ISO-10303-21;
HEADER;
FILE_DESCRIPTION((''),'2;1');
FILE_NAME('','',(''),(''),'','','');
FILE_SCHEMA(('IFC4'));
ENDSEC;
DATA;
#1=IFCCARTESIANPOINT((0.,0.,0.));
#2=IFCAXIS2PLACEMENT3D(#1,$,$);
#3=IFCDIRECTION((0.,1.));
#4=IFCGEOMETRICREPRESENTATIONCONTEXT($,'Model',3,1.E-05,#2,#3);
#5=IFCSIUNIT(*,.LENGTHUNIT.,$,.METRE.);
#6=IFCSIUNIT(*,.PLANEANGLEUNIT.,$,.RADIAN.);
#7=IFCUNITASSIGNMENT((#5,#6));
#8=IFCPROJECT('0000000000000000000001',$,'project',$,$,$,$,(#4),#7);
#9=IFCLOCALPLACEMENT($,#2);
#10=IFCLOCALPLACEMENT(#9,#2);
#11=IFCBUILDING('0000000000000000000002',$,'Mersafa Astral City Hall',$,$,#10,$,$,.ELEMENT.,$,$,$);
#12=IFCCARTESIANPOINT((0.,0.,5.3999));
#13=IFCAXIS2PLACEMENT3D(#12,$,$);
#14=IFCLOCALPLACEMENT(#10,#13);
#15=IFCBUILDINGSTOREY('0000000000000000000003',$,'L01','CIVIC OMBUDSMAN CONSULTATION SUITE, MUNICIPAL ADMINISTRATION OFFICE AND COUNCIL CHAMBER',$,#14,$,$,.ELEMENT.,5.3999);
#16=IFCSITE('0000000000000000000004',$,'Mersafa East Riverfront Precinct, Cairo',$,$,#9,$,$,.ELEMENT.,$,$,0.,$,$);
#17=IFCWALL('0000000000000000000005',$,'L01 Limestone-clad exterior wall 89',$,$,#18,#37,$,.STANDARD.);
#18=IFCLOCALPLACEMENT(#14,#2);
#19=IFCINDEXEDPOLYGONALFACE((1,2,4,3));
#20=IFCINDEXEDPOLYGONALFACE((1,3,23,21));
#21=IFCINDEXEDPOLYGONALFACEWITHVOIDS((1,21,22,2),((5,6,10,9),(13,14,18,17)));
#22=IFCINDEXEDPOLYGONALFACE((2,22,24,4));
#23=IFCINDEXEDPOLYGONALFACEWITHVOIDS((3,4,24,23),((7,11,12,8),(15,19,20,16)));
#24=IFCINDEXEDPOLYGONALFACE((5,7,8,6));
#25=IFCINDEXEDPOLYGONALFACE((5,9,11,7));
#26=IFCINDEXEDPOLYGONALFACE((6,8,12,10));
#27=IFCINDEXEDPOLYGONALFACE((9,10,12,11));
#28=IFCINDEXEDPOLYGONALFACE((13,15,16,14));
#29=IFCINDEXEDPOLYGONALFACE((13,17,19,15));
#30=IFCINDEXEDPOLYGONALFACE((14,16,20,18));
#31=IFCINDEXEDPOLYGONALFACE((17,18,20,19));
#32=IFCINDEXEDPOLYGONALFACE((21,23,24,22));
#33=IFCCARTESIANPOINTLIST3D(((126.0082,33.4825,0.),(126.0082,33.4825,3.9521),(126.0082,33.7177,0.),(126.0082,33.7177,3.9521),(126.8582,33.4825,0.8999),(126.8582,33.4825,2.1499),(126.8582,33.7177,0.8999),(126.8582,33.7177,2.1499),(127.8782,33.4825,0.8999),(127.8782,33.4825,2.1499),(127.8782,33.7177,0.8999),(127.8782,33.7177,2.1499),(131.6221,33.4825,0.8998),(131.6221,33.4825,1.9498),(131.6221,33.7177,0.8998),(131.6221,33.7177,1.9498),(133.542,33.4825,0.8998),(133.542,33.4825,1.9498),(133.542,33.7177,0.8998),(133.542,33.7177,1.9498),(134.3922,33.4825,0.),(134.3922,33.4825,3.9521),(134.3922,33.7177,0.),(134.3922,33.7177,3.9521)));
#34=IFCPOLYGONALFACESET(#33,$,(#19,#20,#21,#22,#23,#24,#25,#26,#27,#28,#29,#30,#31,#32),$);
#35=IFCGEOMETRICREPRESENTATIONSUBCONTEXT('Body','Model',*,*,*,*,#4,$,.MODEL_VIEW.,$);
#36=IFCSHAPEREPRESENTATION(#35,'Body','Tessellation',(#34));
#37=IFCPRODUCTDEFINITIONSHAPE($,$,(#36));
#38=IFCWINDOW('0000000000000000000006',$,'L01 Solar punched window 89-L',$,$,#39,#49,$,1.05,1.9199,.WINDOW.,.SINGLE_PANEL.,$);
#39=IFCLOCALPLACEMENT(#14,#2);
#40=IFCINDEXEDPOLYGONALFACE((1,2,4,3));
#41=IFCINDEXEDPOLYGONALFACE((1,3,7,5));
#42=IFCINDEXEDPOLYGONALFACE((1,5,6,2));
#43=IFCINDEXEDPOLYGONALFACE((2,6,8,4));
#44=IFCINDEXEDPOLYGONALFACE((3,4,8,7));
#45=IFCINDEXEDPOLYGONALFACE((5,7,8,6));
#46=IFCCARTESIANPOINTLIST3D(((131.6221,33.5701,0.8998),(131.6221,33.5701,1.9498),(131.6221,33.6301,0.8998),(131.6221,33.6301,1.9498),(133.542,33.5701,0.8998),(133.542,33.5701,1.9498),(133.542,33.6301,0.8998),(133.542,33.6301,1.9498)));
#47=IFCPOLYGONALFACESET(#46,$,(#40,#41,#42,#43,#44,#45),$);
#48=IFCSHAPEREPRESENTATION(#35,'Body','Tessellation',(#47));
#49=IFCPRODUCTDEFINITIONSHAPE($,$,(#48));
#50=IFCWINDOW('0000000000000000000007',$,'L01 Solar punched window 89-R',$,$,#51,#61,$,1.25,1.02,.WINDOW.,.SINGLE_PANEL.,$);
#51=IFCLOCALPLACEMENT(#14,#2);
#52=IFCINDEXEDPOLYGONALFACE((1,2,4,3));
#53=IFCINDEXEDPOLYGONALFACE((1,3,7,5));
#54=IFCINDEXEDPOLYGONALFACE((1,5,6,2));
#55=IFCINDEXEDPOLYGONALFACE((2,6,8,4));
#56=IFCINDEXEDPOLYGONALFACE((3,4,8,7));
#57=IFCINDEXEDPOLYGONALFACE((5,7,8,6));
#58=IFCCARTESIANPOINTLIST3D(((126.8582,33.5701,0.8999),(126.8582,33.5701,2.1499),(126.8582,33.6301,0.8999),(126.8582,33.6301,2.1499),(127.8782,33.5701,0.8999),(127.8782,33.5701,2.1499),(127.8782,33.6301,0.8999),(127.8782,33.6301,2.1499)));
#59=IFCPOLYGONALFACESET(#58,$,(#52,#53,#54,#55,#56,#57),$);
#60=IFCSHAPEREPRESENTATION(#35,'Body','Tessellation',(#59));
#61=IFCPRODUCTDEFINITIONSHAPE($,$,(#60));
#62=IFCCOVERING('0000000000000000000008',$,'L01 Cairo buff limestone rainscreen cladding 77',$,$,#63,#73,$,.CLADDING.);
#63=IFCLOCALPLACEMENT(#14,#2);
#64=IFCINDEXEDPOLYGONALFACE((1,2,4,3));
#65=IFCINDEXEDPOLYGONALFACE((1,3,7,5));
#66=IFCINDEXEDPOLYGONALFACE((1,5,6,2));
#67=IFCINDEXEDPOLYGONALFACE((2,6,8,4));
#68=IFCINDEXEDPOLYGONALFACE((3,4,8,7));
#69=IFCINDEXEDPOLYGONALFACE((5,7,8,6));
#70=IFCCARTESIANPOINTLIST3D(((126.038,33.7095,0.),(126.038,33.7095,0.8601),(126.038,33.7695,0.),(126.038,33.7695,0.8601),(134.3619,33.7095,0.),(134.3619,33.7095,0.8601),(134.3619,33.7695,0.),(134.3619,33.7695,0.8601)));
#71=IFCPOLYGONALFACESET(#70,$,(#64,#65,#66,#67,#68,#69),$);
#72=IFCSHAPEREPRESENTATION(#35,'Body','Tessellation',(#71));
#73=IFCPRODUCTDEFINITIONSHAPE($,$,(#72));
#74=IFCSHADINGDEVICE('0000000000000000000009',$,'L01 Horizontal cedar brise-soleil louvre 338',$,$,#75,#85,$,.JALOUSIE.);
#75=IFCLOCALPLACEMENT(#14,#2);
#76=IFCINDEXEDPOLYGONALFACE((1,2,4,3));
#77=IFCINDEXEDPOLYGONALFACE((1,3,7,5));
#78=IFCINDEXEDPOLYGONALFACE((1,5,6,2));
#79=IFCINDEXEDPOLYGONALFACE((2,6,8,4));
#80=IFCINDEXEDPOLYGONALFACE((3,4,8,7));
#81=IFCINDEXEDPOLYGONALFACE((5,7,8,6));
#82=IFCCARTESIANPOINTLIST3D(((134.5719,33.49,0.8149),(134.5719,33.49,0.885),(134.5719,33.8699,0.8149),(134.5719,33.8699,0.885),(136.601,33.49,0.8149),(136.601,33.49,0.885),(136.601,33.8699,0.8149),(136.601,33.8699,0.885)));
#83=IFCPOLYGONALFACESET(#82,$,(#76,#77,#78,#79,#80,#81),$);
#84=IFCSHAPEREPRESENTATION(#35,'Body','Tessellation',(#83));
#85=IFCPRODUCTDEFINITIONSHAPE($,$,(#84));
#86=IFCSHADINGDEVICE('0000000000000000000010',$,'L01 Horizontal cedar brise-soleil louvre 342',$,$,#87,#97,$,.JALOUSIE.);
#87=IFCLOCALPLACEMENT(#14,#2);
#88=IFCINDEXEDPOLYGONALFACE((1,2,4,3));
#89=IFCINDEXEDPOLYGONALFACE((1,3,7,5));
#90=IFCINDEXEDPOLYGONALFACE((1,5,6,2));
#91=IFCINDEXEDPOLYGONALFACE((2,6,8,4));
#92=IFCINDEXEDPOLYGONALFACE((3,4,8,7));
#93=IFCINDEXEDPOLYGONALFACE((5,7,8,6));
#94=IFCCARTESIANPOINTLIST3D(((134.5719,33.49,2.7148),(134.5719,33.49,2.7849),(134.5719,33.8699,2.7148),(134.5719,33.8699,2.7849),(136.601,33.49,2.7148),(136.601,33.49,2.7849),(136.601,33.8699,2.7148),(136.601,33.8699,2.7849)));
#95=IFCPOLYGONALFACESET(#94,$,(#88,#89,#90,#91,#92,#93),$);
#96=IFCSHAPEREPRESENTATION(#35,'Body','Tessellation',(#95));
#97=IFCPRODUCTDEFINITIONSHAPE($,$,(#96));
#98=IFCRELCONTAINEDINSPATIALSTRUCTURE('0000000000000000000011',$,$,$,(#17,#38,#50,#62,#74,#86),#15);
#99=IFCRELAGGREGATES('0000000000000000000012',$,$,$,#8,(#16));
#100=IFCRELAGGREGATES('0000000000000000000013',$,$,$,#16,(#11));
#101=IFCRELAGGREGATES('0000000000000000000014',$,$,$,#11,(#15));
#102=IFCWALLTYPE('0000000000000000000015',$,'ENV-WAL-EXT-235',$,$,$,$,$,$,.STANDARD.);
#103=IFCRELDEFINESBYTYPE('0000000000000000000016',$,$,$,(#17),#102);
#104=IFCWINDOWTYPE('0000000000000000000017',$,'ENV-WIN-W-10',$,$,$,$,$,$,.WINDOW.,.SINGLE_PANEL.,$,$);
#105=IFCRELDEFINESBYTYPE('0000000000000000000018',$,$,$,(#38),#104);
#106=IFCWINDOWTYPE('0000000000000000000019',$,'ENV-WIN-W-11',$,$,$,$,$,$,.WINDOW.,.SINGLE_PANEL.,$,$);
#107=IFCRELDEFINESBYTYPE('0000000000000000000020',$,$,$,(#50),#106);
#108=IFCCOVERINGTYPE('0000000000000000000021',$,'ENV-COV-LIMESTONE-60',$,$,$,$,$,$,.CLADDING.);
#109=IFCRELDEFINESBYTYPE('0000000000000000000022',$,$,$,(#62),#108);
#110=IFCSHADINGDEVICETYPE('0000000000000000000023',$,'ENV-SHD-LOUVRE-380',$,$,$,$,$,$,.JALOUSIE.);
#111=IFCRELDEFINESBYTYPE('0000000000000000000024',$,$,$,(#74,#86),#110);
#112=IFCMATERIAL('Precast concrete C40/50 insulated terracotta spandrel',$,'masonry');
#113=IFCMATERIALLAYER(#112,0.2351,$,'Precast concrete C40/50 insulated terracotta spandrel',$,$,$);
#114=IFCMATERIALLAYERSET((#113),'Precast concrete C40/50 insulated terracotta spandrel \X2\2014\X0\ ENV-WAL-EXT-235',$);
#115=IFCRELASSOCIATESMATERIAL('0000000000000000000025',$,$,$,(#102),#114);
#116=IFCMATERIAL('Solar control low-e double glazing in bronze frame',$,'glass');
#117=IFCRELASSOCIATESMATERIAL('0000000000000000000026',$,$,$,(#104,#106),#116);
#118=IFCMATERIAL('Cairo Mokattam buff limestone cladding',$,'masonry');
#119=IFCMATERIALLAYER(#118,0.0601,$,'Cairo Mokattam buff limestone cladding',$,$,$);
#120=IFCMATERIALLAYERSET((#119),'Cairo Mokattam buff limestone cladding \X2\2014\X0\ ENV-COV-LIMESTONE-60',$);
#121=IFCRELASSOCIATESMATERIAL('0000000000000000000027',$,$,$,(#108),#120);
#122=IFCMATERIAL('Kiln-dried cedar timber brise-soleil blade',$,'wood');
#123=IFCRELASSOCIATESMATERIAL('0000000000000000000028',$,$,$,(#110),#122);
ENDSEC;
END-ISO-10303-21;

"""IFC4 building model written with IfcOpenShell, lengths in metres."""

from ifc_helpers import new_model, si_unit, direction, frame, frame_2d, origin, origin_2d, place, context, subcontext, project, spatial, rectangle, extrude, material, layer, layer_set, type_object, element, fill, save


model = new_model("IFC4")

# Units and contexts
model_context = context("Model", 3, precision=1e-05, world=origin(), true_north=direction((0.0, 1.0)))
body_context = subcontext(model_context, "Body", "Model", "MODEL_VIEW")
ifc_project = project(units=[si_unit("LENGTHUNIT", "METRE"), si_unit("PLANEANGLEUNIT", "RADIAN")], contexts=[model_context])

# Site, building, storey
site_placement = place(None, origin())
site = spatial("IfcSite", under=ifc_project, at=site_placement, Name="Mersafa East Riverfront Precinct, Cairo", CompositionType="ELEMENT", RefElevation=0.0)
building_placement = place(site_placement, origin())
building = spatial("IfcBuilding", under=site, at=building_placement, Name="Mersafa Astral City Hall", CompositionType="ELEMENT")
storey_placement = place(building_placement, frame((0.0, 0.0, 5.3999)))
storey = spatial("IfcBuildingStorey", under=building, at=storey_placement, Name="L01", Description="CIVIC OMBUDSMAN CONSULTATION SUITE, MUNICIPAL ADMINISTRATION OFFICE AND COUNCIL CHAMBER", CompositionType="ELEMENT", Elevation=5.3999)

# Wall, openings, windows
ifc_material_1 = material(Name="Precast concrete C40/50 insulated terracotta spandrel", Category="masonry")
ifc_layer_1 = layer(ifc_material_1, 0.2351, Name="Precast concrete C40/50 insulated terracotta spandrel")
ifc_layer_set_1 = layer_set([ifc_layer_1], Name="Precast concrete C40/50 insulated terracotta spandrel — ENV-WAL-EXT-235")
wall_type = type_object("IfcWallType", Name="ENV-WAL-EXT-235", PredefinedType="STANDARD", material=ifc_layer_set_1)
wall_placement = place(storey_placement, frame((134.3921, 33.6001, 0.0), z_axis=(0.0, 0.0, 1.0), x_axis=(-1.0, 0.0, 0.0)))
wall = element("IfcWall", 1, at=wall_placement, inside=storey, type_object=wall_type, Name="L01 Limestone-clad exterior wall 89", PredefinedType="STANDARD", context=body_context, shape_type="SweptSolid", body=[
    extrude(rectangle(XDim=8.384, YDim=0.2351, at=frame_2d((4.1919, 0.0))), origin(), (0.0, 0.0, 1.0), 3.9521),
])
opening_1_placement = place(wall_placement, frame((0.8501, 0.0, 0.8999)))
opening_1 = element("IfcOpeningElement", 2, at=opening_1_placement, cuts=wall, PredefinedType="OPENING", context=body_context, shape_type="SweptSolid", body=[
    extrude(rectangle(XDim=1.9199, YDim=1.05, at=frame_2d((0.96, 0.5249))), frame((0.0, 0.1274, 0.0), z_axis=(0.0, -1.0, 0.0), x_axis=(1.0, 0.0, 0.0)), (0.0, 0.0, 1.0), 0.2551),
])
opening_2_placement = place(wall_placement, frame((6.5139, 0.0, 0.8999)))
opening_2 = element("IfcOpeningElement", 3, at=opening_2_placement, cuts=wall, PredefinedType="OPENING", context=body_context, shape_type="SweptSolid", body=[
    extrude(rectangle(XDim=1.02, YDim=1.25, at=frame_2d((0.51, 0.625))), frame((0.0, 0.1274, 0.0), z_axis=(0.0, -1.0, 0.0), x_axis=(1.0, 0.0, 0.0)), (0.0, 0.0, 1.0), 0.2551),
])
ifc_material_2 = material(Name="Solar control low-e double glazing in bronze frame", Category="glass")
window_type_1 = type_object("IfcWindowType", Name="ENV-WIN-W-10", PartitioningType="SINGLE_PANEL", PredefinedType="WINDOW", material=ifc_material_2)
window_1_placement = place(opening_1_placement, origin())
window_1 = element("IfcWindow", 4, at=window_1_placement, inside=storey, type_object=window_type_1, Name="L01 Solar punched window 89-L", OverallHeight=1.05, OverallWidth=1.9199, PartitioningType="SINGLE_PANEL", PredefinedType="WINDOW", context=body_context, shape_type="SweptSolid", body=[
    extrude(rectangle(XDim=1.9199, YDim=1.05, at=frame_2d((0.96, 0.5249))), frame((0.0, 0.03, 0.0), z_axis=(0.0, -1.0, 0.0), x_axis=(1.0, 0.0, 0.0)), (0.0, 0.0, 1.0), 0.0601),
])
fill(opening_1, window_1)
window_type_2 = type_object("IfcWindowType", Name="ENV-WIN-W-11", PartitioningType="SINGLE_PANEL", PredefinedType="WINDOW", material=ifc_material_2)
window_2_placement = place(opening_2_placement, origin())
window_2 = element("IfcWindow", 5, at=window_2_placement, inside=storey, type_object=window_type_2, Name="L01 Solar punched window 89-R", OverallHeight=1.25, OverallWidth=1.02, PartitioningType="SINGLE_PANEL", PredefinedType="WINDOW", context=body_context, shape_type="SweptSolid", body=[
    extrude(rectangle(XDim=1.02, YDim=1.25, at=frame_2d((0.51, 0.625))), frame((0.0, 0.03, 0.0), z_axis=(0.0, -1.0, 0.0), x_axis=(1.0, 0.0, 0.0)), (0.0, 0.0, 1.0), 0.0601),
])
fill(opening_2, window_2)

# Covering
ifc_material_3 = material(Name="Cairo Mokattam buff limestone cladding", Category="masonry")
ifc_layer_2 = layer(ifc_material_3, 0.0601, Name="Cairo Mokattam buff limestone cladding")
ifc_layer_set_2 = layer_set([ifc_layer_2], Name="Cairo Mokattam buff limestone cladding — ENV-COV-LIMESTONE-60")
covering_type = type_object("IfcCoveringType", Name="ENV-COV-LIMESTONE-60", PredefinedType="CLADDING", material=ifc_layer_set_2)
covering_placement = place(storey_placement, frame((130.2, 33.7395, 0.0), z_axis=(0.0, 0.0, 1.0), x_axis=(-1.0, 0.0, 0.0)))
element("IfcCovering", 6, at=covering_placement, inside=storey, type_object=covering_type, Name="L01 Cairo buff limestone rainscreen cladding 77", PredefinedType="CLADDING", context=body_context, shape_type="SweptSolid", body=[
    extrude(rectangle(XDim=8.324, YDim=0.0601, at=origin_2d()), origin(), (0.0, 0.0, 1.0), 0.8601),
])

# Shading devices
ifc_material_4 = material(Name="Kiln-dried cedar timber brise-soleil blade", Category="wood")
shading_device_type = type_object("IfcShadingDeviceType", Name="ENV-SHD-LOUVRE-380", PredefinedType="JALOUSIE", material=ifc_material_4)
for number, where, z_axis, x_axis, name in (
    (7, (135.5864, 33.6799, 0.8149), (0.0, 0.0, 1.0), (-1.0, 0.0, 0.0), "L01 Horizontal cedar brise-soleil louvre 338"),
    (8, (135.5864, 33.6799, 2.7148), (0.0, 0.0, 1.0), (-1.0, 0.0, 0.0), "L01 Horizontal cedar brise-soleil louvre 342"),
):
    element("IfcShadingDevice", number, at=place(storey_placement, frame(where, z_axis=z_axis, x_axis=x_axis)), inside=storey, type_object=shading_device_type, Name=name, PredefinedType="JALOUSIE", context=body_context, shape_type="SweptSolid", body=[
        extrude(rectangle(XDim=2.0291, YDim=0.3799, at=origin_2d()), origin(), (0.0, 0.0, 1.0), 0.0701),
    ])

save(model, "model.ifc")
